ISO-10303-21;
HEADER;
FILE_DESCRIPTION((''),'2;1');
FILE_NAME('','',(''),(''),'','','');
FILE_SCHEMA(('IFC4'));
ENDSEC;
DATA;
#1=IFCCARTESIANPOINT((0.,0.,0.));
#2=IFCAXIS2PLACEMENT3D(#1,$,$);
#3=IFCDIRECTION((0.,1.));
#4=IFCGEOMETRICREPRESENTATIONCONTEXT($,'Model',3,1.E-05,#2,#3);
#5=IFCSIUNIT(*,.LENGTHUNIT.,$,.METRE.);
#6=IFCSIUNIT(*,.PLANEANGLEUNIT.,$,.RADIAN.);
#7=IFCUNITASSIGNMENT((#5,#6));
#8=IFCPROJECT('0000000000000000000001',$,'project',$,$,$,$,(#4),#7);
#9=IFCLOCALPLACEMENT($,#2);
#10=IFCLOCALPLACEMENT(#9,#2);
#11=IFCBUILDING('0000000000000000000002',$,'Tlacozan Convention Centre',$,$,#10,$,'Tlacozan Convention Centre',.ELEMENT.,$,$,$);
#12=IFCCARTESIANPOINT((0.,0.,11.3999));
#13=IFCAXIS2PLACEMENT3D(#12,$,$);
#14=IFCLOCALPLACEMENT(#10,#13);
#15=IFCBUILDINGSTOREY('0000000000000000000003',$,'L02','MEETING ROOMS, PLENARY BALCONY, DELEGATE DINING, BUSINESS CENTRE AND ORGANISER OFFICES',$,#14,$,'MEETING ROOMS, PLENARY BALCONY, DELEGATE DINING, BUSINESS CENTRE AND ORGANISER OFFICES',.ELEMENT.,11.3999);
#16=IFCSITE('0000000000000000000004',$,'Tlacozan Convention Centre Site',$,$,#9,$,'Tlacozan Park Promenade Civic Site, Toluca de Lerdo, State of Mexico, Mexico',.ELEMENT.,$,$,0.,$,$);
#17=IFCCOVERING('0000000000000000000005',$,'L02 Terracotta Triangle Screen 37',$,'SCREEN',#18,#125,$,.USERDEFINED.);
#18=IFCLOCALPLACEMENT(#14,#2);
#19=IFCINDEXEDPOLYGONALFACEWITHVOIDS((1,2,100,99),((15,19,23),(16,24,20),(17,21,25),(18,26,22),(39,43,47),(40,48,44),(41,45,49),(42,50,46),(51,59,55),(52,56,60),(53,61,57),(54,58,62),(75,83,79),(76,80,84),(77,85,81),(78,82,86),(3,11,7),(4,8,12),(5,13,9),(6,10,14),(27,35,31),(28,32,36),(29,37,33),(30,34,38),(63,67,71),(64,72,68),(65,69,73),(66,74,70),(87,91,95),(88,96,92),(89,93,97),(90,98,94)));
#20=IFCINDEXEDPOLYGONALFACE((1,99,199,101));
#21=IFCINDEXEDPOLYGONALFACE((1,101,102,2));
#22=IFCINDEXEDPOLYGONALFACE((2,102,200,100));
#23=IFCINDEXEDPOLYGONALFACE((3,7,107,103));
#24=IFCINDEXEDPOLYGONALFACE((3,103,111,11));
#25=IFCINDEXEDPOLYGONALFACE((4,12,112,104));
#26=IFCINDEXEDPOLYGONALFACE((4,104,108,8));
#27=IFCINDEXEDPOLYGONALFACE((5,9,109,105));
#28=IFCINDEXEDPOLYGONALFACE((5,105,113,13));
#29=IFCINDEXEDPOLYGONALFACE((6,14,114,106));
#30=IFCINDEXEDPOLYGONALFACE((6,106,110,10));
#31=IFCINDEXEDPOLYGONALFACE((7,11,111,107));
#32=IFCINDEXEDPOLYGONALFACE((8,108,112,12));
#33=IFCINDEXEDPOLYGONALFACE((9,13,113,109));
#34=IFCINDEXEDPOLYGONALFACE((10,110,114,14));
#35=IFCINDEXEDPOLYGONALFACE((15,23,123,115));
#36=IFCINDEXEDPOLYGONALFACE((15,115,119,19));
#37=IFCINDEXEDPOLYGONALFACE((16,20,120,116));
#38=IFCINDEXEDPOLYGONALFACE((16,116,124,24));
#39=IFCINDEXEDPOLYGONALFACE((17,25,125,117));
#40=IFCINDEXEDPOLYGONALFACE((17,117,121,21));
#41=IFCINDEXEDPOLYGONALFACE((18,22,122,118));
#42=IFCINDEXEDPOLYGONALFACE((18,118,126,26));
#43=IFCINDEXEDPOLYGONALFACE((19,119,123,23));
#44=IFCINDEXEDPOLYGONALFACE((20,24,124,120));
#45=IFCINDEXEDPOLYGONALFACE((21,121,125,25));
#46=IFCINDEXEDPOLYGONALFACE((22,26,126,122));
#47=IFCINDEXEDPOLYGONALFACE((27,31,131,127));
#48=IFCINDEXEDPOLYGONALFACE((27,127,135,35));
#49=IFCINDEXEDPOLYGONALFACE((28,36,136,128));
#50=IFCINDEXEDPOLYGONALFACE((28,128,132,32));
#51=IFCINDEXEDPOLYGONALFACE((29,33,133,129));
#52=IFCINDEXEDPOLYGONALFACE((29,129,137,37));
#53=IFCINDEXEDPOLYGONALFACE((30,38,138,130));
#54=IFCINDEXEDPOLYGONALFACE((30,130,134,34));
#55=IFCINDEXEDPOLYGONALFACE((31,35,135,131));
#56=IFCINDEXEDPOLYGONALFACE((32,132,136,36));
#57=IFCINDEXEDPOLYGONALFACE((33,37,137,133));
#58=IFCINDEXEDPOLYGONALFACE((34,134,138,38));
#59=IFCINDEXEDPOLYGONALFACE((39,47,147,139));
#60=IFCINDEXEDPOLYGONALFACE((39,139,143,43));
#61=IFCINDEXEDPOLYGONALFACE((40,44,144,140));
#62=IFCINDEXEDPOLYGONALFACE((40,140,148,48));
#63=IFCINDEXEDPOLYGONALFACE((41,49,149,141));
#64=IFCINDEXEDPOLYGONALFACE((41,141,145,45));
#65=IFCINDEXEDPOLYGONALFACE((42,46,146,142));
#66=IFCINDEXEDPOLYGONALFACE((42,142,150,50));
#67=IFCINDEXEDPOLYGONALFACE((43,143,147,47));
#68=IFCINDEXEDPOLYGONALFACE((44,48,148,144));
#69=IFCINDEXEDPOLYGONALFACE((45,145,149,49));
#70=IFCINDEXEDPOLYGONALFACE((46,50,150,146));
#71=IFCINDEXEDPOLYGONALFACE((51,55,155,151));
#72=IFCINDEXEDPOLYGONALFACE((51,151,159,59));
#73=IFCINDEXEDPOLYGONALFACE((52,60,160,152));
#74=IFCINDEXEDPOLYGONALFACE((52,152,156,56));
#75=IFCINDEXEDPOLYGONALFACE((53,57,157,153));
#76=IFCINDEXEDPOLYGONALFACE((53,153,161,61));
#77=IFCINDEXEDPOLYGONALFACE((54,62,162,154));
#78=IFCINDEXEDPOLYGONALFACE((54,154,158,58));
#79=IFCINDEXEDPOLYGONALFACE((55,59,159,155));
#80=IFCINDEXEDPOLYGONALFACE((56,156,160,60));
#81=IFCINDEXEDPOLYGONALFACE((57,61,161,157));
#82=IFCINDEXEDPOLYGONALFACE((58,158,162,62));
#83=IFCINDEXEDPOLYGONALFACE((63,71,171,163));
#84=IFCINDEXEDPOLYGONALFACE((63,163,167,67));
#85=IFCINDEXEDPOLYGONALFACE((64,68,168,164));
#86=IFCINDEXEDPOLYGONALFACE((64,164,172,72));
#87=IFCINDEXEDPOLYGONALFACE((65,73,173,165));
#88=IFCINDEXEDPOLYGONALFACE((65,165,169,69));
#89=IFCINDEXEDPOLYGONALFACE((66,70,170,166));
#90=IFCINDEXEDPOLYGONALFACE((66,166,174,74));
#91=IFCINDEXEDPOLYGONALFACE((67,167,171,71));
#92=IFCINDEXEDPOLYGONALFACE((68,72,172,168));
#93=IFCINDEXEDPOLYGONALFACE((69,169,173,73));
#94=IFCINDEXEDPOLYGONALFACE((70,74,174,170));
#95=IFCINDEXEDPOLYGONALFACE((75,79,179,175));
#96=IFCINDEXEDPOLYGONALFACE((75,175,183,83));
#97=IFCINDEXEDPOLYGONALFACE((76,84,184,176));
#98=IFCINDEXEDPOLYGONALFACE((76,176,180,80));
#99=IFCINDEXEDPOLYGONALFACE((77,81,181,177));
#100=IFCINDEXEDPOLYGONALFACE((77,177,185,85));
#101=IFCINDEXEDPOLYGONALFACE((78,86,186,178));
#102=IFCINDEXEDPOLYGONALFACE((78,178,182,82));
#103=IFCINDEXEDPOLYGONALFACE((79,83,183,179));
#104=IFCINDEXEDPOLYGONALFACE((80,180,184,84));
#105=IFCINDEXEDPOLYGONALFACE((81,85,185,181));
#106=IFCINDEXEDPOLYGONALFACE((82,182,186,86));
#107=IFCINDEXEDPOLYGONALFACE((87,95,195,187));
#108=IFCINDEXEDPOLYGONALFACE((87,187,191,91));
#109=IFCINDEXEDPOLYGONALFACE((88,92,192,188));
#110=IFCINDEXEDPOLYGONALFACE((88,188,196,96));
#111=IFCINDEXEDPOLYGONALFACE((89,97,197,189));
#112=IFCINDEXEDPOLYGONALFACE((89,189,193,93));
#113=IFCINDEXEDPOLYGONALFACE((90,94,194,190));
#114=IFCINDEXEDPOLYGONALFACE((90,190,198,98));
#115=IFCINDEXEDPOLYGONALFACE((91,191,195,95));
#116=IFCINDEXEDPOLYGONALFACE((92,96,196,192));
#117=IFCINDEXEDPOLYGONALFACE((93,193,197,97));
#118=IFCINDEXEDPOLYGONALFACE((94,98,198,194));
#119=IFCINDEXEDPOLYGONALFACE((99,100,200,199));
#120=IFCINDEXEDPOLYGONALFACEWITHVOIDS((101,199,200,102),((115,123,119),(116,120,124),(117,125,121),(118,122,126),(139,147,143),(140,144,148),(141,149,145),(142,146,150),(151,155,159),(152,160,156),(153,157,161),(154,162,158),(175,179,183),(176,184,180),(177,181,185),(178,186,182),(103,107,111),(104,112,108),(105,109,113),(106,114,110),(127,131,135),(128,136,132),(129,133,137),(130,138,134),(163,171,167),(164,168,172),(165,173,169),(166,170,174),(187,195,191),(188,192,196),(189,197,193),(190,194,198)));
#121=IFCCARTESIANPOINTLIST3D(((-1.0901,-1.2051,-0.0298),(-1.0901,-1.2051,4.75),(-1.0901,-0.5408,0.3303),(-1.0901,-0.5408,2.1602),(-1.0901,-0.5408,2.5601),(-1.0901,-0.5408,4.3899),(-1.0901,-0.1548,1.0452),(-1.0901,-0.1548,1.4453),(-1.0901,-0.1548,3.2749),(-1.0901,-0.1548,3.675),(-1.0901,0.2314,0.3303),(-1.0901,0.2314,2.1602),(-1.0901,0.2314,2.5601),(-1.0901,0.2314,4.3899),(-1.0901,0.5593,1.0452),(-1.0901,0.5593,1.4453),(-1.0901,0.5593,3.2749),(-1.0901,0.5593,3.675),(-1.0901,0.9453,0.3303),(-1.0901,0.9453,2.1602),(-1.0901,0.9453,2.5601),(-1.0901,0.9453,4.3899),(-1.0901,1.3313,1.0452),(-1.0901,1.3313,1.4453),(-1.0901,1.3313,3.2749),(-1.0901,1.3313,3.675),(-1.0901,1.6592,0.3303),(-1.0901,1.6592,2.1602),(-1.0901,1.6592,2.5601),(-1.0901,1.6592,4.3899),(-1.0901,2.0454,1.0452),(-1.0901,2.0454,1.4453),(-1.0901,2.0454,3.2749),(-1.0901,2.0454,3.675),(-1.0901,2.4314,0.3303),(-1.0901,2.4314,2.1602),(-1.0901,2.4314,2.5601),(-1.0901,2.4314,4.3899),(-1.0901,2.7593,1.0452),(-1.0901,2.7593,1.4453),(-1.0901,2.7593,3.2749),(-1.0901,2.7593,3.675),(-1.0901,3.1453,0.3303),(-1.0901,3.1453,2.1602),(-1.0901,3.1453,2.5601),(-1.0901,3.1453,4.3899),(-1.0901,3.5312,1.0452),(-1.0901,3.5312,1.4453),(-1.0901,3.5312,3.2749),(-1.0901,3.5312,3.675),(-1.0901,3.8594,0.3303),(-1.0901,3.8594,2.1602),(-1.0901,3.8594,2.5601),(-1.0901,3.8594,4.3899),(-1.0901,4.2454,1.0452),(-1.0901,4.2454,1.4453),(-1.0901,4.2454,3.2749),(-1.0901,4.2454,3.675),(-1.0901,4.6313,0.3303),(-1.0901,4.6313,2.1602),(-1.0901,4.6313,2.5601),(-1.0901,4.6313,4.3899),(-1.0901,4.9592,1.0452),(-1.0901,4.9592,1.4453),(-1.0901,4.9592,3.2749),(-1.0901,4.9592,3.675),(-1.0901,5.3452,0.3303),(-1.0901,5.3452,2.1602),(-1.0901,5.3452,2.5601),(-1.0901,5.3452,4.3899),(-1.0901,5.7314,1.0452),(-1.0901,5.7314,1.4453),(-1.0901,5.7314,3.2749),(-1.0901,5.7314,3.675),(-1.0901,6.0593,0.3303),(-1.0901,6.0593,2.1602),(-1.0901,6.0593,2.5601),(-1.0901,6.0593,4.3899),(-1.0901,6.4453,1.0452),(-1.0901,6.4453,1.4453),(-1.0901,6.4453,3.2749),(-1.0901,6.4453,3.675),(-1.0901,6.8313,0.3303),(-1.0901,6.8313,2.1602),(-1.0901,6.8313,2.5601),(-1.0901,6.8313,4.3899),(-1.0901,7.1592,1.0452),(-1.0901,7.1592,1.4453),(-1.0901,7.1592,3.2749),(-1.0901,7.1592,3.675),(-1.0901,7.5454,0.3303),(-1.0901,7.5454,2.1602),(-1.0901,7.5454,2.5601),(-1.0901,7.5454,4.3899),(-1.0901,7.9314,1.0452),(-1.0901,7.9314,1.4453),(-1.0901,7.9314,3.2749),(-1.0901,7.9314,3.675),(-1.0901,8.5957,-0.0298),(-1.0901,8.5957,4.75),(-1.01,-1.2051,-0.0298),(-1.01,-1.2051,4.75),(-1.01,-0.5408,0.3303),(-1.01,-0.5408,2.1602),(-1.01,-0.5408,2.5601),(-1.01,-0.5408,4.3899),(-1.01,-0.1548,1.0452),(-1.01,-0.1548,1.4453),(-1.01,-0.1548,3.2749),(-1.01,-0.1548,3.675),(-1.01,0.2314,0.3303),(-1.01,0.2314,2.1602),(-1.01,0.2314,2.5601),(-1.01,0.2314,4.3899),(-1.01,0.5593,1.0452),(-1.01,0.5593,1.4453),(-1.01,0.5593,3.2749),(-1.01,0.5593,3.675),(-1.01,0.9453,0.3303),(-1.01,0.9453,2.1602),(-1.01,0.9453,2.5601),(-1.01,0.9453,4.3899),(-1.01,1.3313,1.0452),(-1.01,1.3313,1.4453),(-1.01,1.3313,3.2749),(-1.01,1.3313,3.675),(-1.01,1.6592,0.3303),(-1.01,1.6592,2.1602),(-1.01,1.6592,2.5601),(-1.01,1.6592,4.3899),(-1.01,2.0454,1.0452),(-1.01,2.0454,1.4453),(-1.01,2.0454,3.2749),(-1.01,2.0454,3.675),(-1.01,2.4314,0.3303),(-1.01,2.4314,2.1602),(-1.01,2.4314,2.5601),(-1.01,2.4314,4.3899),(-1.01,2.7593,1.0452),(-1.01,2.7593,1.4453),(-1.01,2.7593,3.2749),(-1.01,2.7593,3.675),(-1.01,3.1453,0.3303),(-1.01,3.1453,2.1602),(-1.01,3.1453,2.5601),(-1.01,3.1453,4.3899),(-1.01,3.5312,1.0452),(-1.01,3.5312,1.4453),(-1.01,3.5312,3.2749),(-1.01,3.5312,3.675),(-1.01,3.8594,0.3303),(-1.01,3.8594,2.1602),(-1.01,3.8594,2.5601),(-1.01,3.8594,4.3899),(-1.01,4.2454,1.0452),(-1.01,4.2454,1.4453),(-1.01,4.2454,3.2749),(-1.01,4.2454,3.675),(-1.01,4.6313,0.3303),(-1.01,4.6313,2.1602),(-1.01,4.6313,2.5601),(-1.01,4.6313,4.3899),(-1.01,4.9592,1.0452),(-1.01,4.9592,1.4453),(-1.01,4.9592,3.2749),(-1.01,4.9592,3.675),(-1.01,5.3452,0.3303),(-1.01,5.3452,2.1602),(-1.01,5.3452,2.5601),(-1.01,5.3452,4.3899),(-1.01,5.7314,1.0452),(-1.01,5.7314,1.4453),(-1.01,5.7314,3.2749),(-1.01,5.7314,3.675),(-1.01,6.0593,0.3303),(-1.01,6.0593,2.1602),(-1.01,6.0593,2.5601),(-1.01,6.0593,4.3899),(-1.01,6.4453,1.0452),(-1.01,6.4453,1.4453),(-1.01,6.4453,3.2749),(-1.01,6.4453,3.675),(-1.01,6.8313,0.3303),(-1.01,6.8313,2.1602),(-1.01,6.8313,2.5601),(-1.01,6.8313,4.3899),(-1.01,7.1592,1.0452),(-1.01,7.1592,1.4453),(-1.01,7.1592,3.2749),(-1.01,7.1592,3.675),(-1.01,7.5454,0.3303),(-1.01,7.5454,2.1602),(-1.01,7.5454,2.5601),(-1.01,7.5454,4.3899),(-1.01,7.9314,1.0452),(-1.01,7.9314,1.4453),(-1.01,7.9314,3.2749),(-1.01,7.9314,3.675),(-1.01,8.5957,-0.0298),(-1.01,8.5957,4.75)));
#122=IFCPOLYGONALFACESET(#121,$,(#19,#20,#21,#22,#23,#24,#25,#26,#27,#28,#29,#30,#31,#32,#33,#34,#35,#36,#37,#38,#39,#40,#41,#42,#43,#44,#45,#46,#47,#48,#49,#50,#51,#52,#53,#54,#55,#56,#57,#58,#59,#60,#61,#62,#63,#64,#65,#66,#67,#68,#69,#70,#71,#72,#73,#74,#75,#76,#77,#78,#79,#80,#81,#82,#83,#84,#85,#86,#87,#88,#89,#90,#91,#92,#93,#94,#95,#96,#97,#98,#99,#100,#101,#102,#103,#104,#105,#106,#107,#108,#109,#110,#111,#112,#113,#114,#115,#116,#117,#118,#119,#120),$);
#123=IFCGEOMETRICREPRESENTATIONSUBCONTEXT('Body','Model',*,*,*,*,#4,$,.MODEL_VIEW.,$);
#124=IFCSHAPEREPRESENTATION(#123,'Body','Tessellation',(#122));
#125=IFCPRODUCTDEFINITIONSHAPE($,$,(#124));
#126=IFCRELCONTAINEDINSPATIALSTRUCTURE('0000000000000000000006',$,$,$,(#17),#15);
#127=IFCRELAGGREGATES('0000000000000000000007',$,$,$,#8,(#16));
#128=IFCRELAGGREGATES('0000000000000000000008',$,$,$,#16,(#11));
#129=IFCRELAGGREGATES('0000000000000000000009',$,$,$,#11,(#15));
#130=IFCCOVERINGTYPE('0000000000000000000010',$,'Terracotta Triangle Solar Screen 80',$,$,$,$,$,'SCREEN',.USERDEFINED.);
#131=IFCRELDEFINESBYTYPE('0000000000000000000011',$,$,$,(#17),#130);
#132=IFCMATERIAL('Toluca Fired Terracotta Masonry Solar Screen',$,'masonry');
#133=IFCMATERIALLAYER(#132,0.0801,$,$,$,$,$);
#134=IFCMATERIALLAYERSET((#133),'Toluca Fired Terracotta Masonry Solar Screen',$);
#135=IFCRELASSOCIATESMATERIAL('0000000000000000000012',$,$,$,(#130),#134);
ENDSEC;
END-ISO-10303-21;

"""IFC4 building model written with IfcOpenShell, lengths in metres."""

from ifc_helpers import new_model, si_unit, direction, frame, origin, place, context, subcontext, project, spatial, polyline, outline, extrude, material, layer, layer_set, type_object, element, save


model = new_model("IFC4")

# Units and contexts
model_context = context("Model", 3, precision=1e-05, world=origin(), true_north=direction((0.0, 1.0)))
body_context = subcontext(model_context, "Body", "Model", "MODEL_VIEW")
ifc_project = project(units=[si_unit("LENGTHUNIT", "METRE"), si_unit("PLANEANGLEUNIT", "RADIAN")], contexts=[model_context])

# Site, building, storey
site_placement = place(None, origin())
site = spatial("IfcSite", under=ifc_project, at=site_placement, Name="Tlacozan Convention Centre Site", LongName="Tlacozan Park Promenade Civic Site, Toluca de Lerdo, State of Mexico, Mexico", CompositionType="ELEMENT", RefElevation=0.0)
building_placement = place(site_placement, origin())
building = spatial("IfcBuilding", under=site, at=building_placement, Name="Tlacozan Convention Centre", LongName="Tlacozan Convention Centre", CompositionType="ELEMENT")
storey_placement = place(building_placement, frame((0.0, 0.0, 11.3999)))
storey = spatial("IfcBuildingStorey", under=building, at=storey_placement, Name="L02", Description="MEETING ROOMS, PLENARY BALCONY, DELEGATE DINING, BUSINESS CENTRE AND ORGANISER OFFICES", LongName="MEETING ROOMS, PLENARY BALCONY, DELEGATE DINING, BUSINESS CENTRE AND ORGANISER OFFICES", CompositionType="ELEMENT", Elevation=11.3999)

# Covering
ifc_material_1 = material(Name="Toluca Fired Terracotta Masonry Solar Screen", Category="masonry")
ifc_layer_1 = layer(ifc_material_1, 0.0801)
ifc_layer_set_1 = layer_set([ifc_layer_1], Name="Toluca Fired Terracotta Masonry Solar Screen")
covering_type_1 = type_object("IfcCoveringType", Name="Terracotta Triangle Solar Screen 80", ElementType="SCREEN", PredefinedType="USERDEFINED", material=ifc_layer_set_1)
covering_1_placement = place(storey_placement, frame((-1.05, -1.2051, -0.0298), z_axis=(0.0, 0.0, 1.0), x_axis=(0.0, 1.0, 0.0)))
element("IfcCovering", 1, at=covering_1_placement, inside=storey, type_object=covering_type_1, Name="L02 Terracotta Triangle Screen 37", ObjectType="SCREEN", PredefinedType="USERDEFINED", context=body_context, shape_type="SweptSolid", body=[
    extrude(outline(polyline([(0.0, 0.0), (9.8008, 0.0), (9.8008, 4.7798), (0.0, 4.7798), (0.0, 0.0)]), holes=[polyline([(0.6643, 0.3601), (1.4365, 0.3601), (1.0503, 1.075), (0.6643, 0.3601)]), polyline([(1.7644, 1.075), (2.5364, 1.075), (2.1504, 0.3601), (1.7644, 1.075)]), polyline([(2.8643, 0.3601), (3.6365, 0.3601), (3.2505, 1.075), (2.8643, 0.3601)]), polyline([(3.9644, 1.075), (4.7363, 1.075), (4.3503, 0.3601), (3.9644, 1.075)]), polyline([(5.0645, 0.3601), (5.8364, 0.3601), (5.4504, 1.075), (5.0645, 0.3601)]), polyline([(6.1643, 1.075), (6.9365, 1.075), (6.5503, 0.3601), (6.1643, 1.075)]), polyline([(7.2644, 0.3601), (8.0364, 0.3601), (7.6504, 1.075), (7.2644, 0.3601)]), polyline([(8.3643, 1.075), (9.1365, 1.075), (8.7505, 0.3601), (8.3643, 1.075)]), polyline([(0.6643, 2.1899), (1.4365, 2.1899), (1.0503, 1.4751), (0.6643, 2.1899)]), polyline([(1.7644, 1.4751), (2.5364, 1.4751), (2.1504, 2.1899), (1.7644, 1.4751)]), polyline([(2.8643, 2.1899), (3.6365, 2.1899), (3.2505, 1.4751), (2.8643, 2.1899)]), polyline([(3.9644, 1.4751), (4.7363, 1.4751), (4.3503, 2.1899), (3.9644, 1.4751)]), polyline([(5.0645, 2.1899), (5.8364, 2.1899), (5.4504, 1.4751), (5.0645, 2.1899)]), polyline([(6.1643, 1.4751), (6.9365, 1.4751), (6.5503, 2.1899), (6.1643, 1.4751)]), polyline([(7.2644, 2.1899), (8.0364, 2.1899), (7.6504, 1.4751), (7.2644, 2.1899)]), polyline([(8.3643, 1.4751), (9.1365, 1.4751), (8.7505, 2.1899), (8.3643, 1.4751)]), polyline([(0.6643, 2.5898), (1.4365, 2.5898), (1.0503, 3.3047), (0.6643, 2.5898)]), polyline([(1.7644, 3.3047), (2.5364, 3.3047), (2.1504, 2.5898), (1.7644, 3.3047)]), polyline([(2.8643, 2.5898), (3.6365, 2.5898), (3.2505, 3.3047), (2.8643, 2.5898)]), polyline([(3.9644, 3.3047), (4.7363, 3.3047), (4.3503, 2.5898), (3.9644, 3.3047)]), polyline([(5.0645, 2.5898), (5.8364, 2.5898), (5.4504, 3.3047), (5.0645, 2.5898)]), polyline([(6.1643, 3.3047), (6.9365, 3.3047), (6.5503, 2.5898), (6.1643, 3.3047)]), polyline([(7.2644, 2.5898), (8.0364, 2.5898), (7.6504, 3.3047), (7.2644, 2.5898)]), polyline([(8.3643, 3.3047), (9.1365, 3.3047), (8.7505, 2.5898), (8.3643, 3.3047)]), polyline([(0.6643, 4.4197), (1.4365, 4.4197), (1.0503, 3.7048), (0.6643, 4.4197)]), polyline([(1.7644, 3.7048), (2.5364, 3.7048), (2.1504, 4.4197), (1.7644, 3.7048)]), polyline([(2.8643, 4.4197), (3.6365, 4.4197), (3.2505, 3.7048), (2.8643, 4.4197)]), polyline([(3.9644, 3.7048), (4.7363, 3.7048), (4.3503, 4.4197), (3.9644, 3.7048)]), polyline([(5.0645, 4.4197), (5.8364, 4.4197), (5.4504, 3.7048), (5.0645, 4.4197)]), polyline([(6.1643, 3.7048), (6.9365, 3.7048), (6.5503, 4.4197), (6.1643, 3.7048)]), polyline([(7.2644, 4.4197), (8.0364, 4.4197), (7.6504, 3.7048), (7.2644, 4.4197)]), polyline([(8.3643, 3.7048), (9.1365, 3.7048), (8.7505, 4.4197), (8.3643, 3.7048)])]), frame((0.0, 0.04, 0.0), z_axis=(0.0, -1.0, 0.0), x_axis=(1.0, 0.0, 0.0)), (0.0, 0.0, 1.0), 0.0801),
])

save(model, "model.ifc")
